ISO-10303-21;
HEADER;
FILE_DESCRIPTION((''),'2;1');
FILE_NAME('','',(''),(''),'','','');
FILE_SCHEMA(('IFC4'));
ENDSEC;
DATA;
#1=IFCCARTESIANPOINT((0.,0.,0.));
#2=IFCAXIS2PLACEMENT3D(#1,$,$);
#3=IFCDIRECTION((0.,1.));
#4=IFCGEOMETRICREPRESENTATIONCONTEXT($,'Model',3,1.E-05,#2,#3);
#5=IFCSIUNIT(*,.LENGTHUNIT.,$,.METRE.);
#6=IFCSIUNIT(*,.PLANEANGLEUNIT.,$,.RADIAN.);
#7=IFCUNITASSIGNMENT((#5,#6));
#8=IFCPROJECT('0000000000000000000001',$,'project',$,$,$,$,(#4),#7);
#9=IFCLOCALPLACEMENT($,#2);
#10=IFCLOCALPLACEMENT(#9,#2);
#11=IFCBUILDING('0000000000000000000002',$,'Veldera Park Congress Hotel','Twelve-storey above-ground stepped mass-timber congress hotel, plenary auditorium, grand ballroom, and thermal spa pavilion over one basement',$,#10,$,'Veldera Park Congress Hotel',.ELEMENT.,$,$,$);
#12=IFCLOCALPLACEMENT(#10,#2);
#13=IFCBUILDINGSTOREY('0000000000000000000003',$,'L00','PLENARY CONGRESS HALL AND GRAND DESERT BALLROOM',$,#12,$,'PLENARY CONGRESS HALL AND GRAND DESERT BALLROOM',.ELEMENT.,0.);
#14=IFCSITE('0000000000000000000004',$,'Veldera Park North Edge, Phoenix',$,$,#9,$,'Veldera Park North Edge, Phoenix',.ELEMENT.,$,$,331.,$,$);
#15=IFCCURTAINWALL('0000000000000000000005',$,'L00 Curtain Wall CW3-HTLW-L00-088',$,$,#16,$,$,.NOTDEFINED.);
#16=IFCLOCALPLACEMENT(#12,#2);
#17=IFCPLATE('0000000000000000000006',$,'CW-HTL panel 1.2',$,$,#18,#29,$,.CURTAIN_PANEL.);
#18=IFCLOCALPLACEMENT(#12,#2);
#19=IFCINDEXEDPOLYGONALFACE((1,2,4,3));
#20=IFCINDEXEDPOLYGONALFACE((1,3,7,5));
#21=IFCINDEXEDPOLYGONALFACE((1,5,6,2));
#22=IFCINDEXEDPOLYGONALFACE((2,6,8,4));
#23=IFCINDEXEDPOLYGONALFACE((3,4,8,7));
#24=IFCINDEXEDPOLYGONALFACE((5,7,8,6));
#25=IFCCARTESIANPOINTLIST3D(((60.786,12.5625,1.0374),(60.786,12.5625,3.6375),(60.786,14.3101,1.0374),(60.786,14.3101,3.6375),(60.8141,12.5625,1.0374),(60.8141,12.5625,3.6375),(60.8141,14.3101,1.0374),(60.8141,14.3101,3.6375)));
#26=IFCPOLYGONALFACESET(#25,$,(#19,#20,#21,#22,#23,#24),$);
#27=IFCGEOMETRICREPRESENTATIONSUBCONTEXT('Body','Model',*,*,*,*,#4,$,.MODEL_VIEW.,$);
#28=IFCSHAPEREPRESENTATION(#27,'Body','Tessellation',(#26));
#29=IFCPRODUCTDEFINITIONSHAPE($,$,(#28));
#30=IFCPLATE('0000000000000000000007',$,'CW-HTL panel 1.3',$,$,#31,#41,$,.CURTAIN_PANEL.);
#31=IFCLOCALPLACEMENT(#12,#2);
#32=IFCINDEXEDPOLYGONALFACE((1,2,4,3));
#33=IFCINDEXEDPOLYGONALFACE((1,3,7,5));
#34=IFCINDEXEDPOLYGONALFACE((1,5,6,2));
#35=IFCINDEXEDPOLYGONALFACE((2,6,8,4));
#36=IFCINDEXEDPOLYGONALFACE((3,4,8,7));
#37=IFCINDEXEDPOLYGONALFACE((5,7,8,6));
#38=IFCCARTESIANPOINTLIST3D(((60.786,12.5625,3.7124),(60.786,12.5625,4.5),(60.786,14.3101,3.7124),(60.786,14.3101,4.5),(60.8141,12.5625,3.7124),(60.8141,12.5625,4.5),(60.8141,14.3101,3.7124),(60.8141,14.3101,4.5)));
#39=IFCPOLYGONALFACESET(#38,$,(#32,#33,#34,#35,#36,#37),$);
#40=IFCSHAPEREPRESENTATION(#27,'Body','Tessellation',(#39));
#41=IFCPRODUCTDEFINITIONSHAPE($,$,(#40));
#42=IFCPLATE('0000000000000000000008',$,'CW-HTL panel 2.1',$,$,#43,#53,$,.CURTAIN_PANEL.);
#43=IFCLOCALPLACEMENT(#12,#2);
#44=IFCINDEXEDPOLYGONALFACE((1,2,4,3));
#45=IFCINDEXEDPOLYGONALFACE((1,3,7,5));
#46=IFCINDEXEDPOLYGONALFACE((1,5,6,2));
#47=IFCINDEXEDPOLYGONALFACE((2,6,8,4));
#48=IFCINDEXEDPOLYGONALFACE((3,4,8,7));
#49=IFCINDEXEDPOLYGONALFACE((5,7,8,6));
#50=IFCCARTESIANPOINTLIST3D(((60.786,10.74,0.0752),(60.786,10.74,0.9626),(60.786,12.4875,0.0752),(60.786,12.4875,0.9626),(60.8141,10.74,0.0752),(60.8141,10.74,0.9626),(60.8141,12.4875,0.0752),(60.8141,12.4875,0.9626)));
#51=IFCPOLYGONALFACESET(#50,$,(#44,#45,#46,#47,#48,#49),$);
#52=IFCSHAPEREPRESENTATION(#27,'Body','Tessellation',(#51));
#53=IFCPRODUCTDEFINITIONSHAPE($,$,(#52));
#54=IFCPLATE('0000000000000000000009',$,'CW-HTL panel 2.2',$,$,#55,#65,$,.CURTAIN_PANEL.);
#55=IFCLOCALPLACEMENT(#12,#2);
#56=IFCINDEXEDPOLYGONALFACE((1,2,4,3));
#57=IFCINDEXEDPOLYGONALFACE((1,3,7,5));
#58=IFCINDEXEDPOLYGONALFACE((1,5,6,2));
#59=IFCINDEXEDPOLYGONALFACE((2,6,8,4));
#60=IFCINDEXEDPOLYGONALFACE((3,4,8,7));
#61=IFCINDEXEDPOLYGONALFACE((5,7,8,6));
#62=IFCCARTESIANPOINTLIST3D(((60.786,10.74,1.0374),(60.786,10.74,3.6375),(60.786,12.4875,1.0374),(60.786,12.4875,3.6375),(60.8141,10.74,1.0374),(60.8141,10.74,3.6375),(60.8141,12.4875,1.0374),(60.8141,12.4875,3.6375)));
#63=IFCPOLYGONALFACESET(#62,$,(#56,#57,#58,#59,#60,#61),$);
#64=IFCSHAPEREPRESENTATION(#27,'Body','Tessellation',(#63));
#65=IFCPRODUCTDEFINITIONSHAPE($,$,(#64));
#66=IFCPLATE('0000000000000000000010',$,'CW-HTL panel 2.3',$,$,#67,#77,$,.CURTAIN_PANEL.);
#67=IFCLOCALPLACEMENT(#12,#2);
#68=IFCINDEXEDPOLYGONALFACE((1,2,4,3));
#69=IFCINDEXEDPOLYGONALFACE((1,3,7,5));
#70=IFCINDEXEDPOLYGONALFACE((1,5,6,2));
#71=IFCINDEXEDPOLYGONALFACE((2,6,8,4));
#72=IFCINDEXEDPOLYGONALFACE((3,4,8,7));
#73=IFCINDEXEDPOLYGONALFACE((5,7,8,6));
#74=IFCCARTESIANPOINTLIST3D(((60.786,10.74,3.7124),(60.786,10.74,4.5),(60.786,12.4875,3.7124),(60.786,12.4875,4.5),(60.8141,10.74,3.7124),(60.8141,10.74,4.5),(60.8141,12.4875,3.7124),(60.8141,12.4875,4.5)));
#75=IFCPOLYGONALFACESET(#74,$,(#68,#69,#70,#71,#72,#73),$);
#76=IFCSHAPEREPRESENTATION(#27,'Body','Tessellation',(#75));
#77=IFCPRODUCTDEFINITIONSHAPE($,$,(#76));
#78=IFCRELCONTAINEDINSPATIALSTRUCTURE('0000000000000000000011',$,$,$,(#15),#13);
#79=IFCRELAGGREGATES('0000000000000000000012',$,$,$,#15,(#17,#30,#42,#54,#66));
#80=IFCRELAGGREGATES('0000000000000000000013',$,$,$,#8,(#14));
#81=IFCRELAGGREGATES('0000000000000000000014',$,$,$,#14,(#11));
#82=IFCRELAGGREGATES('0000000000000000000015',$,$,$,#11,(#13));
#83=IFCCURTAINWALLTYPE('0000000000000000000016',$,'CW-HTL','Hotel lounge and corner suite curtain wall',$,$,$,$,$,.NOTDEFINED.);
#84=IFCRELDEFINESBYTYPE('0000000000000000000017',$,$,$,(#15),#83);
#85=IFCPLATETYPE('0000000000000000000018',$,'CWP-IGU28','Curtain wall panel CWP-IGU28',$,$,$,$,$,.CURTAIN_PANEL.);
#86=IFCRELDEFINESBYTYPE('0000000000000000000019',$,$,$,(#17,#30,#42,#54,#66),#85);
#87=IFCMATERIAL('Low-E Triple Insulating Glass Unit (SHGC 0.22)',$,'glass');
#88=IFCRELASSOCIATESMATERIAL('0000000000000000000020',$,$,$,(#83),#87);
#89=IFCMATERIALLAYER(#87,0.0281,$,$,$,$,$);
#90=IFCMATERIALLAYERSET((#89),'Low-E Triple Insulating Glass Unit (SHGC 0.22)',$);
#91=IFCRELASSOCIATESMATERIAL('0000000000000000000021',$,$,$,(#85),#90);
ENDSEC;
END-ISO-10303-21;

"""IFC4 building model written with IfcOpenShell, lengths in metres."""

from ifc_helpers import new_model, si_unit, direction, frame, origin, origin_2d, place, context, subcontext, project, spatial, rectangle, extrude, material, layer, layer_set, type_object, element, aggregate, save


model = new_model("IFC4")

# Units and contexts
model_context = context("Model", 3, precision=1e-05, world=origin(), true_north=direction((0.0, 1.0)))
body_context = subcontext(model_context, "Body", "Model", "MODEL_VIEW")
ifc_project = project(units=[si_unit("LENGTHUNIT", "METRE"), si_unit("PLANEANGLEUNIT", "RADIAN")], contexts=[model_context])

# Site, building, storey
site_placement = place(None, origin())
site = spatial("IfcSite", under=ifc_project, at=site_placement, Name="Veldera Park North Edge, Phoenix", LongName="Veldera Park North Edge, Phoenix", CompositionType="ELEMENT", RefElevation=331.0)
building_placement = place(site_placement, origin())
building = spatial("IfcBuilding", under=site, at=building_placement, Name="Veldera Park Congress Hotel", Description="Twelve-storey above-ground stepped mass-timber congress hotel, plenary auditorium, grand ballroom, and thermal spa pavilion over one basement", LongName="Veldera Park Congress Hotel", CompositionType="ELEMENT")
storey_placement = place(building_placement, origin())
storey = spatial("IfcBuildingStorey", under=building, at=storey_placement, Name="L00", Description="PLENARY CONGRESS HALL AND GRAND DESERT BALLROOM", LongName="PLENARY CONGRESS HALL AND GRAND DESERT BALLROOM", CompositionType="ELEMENT", Elevation=0.0)

# Shared definitions
ifc_material_1 = material(Name="Low-E Triple Insulating Glass Unit (SHGC 0.22)", Category="glass")
curtain_wall_type = type_object("IfcCurtainWallType", Name="CW-HTL", Description="Hotel lounge and corner suite curtain wall", PredefinedType="NOTDEFINED", material=ifc_material_1)

# Curtain wall
curtain_wall_1_placement = place(storey_placement, origin())
curtain_wall_1 = element("IfcCurtainWall", 1, at=curtain_wall_1_placement, inside=storey, type_object=curtain_wall_type, Name="L00 Curtain Wall CW3-HTLW-L00-088", PredefinedType="NOTDEFINED")

# Plates
ifc_layer = layer(ifc_material_1, 0.0281)
ifc_layer_set = layer_set([ifc_layer], Name="Low-E Triple Insulating Glass Unit (SHGC 0.22)")
plate_type = type_object("IfcPlateType", Name="CWP-IGU28", Description="Curtain wall panel CWP-IGU28", PredefinedType="CURTAIN_PANEL", material=ifc_layer_set)
plate_1_placement = place(storey_placement, frame((60.8, 13.4363, 1.0374), z_axis=(0.0, 0.0, 1.0), x_axis=(0.0, -1.0, 0.0)))
plate_1 = element("IfcPlate", 2, at=plate_1_placement, type_object=plate_type, Name="CW-HTL panel 1.2", PredefinedType="CURTAIN_PANEL", context=body_context, shape_type="SweptSolid", body=[
    extrude(rectangle(XDim=1.7476, YDim=0.0281, at=origin_2d()), origin(), (0.0, 0.0, 1.0), 2.6001),
])
plate_2_placement = place(storey_placement, frame((60.8, 13.4363, 3.7124), z_axis=(0.0, 0.0, 1.0), x_axis=(0.0, -1.0, 0.0)))
plate_2 = element("IfcPlate", 3, at=plate_2_placement, type_object=plate_type, Name="CW-HTL panel 1.3", PredefinedType="CURTAIN_PANEL", context=body_context, shape_type="SweptSolid", body=[
    extrude(rectangle(XDim=1.7476, YDim=0.0281, at=origin_2d()), origin(), (0.0, 0.0, 1.0), 0.7876),
])
plate_3_placement = place(storey_placement, frame((60.8, 11.6138, 0.0752), z_axis=(0.0, 0.0, 1.0), x_axis=(0.0, -1.0, 0.0)))
plate_3 = element("IfcPlate", 4, at=plate_3_placement, type_object=plate_type, Name="CW-HTL panel 2.1", PredefinedType="CURTAIN_PANEL", context=body_context, shape_type="SweptSolid", body=[
    extrude(rectangle(XDim=1.7476, YDim=0.0281, at=origin_2d()), origin(), (0.0, 0.0, 1.0), 0.8875),
])
plate_4_placement = place(storey_placement, frame((60.8, 11.6138, 1.0374), z_axis=(0.0, 0.0, 1.0), x_axis=(0.0, -1.0, 0.0)))
plate_4 = element("IfcPlate", 5, at=plate_4_placement, type_object=plate_type, Name="CW-HTL panel 2.2", PredefinedType="CURTAIN_PANEL", context=body_context, shape_type="SweptSolid", body=[
    extrude(rectangle(XDim=1.7476, YDim=0.0281, at=origin_2d()), origin(), (0.0, 0.0, 1.0), 2.6001),
])
plate_5_placement = place(storey_placement, frame((60.8, 11.6138, 3.7124), z_axis=(0.0, 0.0, 1.0), x_axis=(0.0, -1.0, 0.0)))
plate_5 = element("IfcPlate", 6, at=plate_5_placement, type_object=plate_type, Name="CW-HTL panel 2.3", PredefinedType="CURTAIN_PANEL", context=body_context, shape_type="SweptSolid", body=[
    extrude(rectangle(XDim=1.7476, YDim=0.0281, at=origin_2d()), origin(), (0.0, 0.0, 1.0), 0.7876),
])
aggregate(curtain_wall_1, [plate_1, plate_2, plate_3, plate_4, plate_5])

save(model, "model.ifc")
